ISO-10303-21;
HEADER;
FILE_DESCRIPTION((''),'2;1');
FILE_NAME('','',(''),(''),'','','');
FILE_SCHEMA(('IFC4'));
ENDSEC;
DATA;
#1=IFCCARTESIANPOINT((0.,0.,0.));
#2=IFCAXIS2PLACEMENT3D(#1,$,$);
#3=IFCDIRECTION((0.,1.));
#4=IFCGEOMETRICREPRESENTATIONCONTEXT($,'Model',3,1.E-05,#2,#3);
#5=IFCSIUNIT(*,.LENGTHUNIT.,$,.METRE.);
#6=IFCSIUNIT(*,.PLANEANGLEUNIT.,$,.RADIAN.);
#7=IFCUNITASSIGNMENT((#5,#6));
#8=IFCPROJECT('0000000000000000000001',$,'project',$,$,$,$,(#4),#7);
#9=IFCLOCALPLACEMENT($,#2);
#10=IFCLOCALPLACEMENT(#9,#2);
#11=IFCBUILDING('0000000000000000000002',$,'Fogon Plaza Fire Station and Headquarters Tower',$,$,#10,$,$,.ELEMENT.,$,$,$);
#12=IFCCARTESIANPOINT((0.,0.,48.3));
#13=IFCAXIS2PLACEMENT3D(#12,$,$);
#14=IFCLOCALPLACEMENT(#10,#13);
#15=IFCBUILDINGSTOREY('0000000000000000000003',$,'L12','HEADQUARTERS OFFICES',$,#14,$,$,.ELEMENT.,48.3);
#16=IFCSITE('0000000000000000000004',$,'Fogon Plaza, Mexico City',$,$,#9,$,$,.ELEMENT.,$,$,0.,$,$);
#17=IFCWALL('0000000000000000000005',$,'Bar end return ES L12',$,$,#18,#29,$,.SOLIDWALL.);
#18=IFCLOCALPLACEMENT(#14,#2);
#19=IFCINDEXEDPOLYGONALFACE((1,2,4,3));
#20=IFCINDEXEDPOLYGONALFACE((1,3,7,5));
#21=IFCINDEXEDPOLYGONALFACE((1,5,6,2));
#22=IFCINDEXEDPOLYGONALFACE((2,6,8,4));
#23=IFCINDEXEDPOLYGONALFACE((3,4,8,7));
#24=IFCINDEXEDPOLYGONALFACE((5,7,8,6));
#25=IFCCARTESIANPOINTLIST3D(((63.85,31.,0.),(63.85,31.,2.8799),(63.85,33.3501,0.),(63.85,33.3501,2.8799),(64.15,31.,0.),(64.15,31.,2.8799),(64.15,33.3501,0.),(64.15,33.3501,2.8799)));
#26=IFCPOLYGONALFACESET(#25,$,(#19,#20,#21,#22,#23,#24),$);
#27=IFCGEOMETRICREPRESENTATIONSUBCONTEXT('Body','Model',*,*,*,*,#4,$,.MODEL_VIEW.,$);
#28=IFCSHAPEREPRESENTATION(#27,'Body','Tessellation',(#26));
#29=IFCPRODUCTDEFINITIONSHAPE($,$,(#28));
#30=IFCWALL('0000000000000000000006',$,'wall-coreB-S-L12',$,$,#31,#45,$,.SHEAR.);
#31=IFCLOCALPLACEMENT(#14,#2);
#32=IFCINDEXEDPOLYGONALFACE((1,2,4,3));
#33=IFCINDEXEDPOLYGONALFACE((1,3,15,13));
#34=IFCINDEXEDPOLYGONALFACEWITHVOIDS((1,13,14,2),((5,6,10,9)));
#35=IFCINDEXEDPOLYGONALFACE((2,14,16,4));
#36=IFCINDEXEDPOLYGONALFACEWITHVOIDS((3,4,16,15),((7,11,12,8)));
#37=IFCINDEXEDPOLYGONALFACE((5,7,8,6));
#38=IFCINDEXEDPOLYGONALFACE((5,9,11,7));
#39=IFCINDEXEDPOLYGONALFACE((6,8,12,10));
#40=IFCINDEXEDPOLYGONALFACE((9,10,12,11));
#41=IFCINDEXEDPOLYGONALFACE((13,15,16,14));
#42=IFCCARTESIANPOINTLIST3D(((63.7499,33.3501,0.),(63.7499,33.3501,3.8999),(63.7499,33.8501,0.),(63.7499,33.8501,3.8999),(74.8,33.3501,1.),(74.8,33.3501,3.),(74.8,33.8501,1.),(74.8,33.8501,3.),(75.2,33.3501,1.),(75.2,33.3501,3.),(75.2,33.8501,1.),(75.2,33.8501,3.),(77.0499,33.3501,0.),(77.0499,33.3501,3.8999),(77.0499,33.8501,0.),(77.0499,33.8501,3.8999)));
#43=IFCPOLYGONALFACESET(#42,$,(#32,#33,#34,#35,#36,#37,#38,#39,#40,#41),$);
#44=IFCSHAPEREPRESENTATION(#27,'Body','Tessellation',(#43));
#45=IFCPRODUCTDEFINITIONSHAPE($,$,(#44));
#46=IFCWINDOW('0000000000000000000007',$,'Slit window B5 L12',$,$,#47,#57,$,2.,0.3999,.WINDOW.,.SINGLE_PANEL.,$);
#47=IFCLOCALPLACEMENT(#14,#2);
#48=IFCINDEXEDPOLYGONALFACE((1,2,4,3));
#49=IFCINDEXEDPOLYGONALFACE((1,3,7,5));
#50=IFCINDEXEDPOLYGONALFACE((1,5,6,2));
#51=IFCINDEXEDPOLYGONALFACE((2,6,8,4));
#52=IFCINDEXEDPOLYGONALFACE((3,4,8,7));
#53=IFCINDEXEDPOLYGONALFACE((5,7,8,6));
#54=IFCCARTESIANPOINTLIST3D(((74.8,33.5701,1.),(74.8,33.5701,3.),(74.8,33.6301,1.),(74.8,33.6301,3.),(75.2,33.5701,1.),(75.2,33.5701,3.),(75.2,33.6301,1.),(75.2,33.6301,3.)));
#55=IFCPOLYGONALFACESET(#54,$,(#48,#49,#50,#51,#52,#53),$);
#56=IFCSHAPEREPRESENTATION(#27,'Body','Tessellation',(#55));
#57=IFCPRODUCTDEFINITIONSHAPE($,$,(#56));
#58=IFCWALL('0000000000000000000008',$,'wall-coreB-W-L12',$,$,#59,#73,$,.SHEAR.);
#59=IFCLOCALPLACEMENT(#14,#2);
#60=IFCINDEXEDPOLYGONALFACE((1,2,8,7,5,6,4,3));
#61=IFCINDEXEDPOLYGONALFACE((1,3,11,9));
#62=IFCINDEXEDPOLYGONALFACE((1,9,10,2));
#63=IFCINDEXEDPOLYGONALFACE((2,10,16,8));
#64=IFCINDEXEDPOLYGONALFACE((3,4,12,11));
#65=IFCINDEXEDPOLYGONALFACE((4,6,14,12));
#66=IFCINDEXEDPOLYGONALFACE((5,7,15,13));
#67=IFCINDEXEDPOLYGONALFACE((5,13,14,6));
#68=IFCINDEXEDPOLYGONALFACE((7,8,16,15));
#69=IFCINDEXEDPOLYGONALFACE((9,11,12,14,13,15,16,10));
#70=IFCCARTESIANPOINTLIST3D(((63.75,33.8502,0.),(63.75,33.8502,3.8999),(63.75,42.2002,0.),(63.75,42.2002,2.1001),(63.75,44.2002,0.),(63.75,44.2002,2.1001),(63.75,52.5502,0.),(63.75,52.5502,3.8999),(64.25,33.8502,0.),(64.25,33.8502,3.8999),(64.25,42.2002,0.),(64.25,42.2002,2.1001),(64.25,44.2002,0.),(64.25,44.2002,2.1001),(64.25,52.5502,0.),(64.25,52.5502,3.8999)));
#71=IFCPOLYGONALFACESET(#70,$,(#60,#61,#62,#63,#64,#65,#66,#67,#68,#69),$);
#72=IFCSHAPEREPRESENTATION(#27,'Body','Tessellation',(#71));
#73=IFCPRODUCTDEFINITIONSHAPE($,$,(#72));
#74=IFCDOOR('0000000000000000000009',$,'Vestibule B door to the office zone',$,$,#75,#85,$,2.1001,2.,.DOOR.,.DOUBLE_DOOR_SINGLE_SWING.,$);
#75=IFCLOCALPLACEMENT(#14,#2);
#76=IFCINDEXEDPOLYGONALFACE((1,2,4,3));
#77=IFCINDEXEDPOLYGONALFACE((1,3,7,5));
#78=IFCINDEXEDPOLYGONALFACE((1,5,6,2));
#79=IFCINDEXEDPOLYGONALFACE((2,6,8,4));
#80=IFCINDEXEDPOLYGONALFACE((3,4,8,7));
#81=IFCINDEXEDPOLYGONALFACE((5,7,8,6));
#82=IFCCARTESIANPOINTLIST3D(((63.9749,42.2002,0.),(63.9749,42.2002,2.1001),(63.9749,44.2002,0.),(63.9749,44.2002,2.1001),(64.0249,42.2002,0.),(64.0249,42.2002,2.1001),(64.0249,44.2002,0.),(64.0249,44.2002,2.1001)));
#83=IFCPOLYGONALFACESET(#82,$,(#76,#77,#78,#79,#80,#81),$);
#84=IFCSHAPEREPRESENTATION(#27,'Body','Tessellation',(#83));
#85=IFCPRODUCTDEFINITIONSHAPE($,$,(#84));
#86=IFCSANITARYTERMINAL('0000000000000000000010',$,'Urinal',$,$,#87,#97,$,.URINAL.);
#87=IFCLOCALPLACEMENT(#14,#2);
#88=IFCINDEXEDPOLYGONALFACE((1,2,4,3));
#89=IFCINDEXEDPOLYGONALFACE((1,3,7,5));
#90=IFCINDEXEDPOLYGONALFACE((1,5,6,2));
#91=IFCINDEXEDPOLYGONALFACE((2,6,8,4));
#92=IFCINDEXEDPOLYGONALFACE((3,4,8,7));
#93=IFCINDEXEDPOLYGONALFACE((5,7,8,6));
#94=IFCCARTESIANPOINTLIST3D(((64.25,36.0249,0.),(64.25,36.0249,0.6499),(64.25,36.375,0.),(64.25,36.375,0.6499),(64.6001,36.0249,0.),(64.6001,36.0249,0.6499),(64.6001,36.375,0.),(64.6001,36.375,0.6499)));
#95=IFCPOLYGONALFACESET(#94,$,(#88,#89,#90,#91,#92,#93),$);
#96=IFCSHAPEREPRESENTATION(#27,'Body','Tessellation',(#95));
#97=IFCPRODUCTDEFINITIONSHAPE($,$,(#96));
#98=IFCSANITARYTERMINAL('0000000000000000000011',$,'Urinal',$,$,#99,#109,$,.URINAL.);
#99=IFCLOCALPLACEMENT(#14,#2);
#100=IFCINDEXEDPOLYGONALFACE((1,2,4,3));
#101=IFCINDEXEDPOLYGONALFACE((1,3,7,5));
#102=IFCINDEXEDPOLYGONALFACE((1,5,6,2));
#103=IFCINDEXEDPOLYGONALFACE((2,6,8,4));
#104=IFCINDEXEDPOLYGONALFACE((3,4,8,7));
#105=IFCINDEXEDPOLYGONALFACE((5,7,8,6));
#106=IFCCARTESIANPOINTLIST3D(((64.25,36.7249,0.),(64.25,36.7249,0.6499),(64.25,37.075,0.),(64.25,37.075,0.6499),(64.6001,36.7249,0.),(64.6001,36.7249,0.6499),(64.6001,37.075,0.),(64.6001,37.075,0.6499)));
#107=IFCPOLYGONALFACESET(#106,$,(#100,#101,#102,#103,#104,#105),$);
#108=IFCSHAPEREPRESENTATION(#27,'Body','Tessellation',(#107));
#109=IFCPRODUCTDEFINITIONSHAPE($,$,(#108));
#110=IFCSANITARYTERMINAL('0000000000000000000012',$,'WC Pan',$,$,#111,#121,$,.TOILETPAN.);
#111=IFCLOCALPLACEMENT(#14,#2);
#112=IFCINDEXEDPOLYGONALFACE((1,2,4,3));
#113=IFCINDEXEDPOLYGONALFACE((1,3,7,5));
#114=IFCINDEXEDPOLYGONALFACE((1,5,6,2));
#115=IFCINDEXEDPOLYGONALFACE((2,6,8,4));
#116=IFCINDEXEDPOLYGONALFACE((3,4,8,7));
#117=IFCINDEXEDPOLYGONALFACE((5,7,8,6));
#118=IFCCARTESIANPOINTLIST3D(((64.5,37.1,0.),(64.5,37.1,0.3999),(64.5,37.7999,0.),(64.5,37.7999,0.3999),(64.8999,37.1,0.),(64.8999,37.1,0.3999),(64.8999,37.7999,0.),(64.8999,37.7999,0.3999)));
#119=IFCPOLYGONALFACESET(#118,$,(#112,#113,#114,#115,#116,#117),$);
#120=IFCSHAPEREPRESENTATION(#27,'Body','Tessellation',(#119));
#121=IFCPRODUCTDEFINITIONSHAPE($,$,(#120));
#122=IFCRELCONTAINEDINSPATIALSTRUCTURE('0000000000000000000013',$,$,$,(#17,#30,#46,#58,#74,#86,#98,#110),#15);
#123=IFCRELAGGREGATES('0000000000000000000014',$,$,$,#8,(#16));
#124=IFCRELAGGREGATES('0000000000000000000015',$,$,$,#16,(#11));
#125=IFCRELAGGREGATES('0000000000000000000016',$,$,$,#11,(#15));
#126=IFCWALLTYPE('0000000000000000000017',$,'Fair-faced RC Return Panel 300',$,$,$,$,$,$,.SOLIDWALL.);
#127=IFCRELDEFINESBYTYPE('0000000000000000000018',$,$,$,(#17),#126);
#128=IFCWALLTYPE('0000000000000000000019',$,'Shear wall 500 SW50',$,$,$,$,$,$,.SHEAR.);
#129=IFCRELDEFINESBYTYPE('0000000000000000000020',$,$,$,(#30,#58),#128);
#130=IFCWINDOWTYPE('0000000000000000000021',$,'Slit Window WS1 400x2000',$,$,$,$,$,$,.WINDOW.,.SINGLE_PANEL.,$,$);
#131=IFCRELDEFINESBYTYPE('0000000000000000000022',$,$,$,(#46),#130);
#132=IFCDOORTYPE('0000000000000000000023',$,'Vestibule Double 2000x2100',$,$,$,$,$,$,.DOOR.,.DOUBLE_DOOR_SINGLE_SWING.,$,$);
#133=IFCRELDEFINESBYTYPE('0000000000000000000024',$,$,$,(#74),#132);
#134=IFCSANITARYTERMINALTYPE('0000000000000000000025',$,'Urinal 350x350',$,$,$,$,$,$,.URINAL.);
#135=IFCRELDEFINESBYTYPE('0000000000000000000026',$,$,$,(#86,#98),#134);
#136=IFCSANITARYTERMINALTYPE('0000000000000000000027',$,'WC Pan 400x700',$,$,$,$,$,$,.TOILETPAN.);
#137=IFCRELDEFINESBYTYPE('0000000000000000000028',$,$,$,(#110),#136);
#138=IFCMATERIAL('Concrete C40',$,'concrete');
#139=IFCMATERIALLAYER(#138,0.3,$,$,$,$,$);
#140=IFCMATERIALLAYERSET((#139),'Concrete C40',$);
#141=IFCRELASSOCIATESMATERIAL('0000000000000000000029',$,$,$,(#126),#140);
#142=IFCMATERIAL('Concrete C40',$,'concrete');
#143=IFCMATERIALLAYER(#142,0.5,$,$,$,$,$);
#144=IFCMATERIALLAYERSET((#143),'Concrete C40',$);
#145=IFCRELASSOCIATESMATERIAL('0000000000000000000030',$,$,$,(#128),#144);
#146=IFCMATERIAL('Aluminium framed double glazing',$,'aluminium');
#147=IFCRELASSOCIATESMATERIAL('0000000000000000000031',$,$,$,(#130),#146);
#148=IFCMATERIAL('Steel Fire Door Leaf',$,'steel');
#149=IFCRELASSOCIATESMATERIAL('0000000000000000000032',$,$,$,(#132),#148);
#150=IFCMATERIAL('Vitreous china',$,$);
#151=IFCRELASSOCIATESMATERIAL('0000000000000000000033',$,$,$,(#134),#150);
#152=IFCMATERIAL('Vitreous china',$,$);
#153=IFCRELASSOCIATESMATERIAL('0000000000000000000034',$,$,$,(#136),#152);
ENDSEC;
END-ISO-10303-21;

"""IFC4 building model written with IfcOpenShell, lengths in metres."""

from ifc_helpers import new_model, si_unit, direction, frame, frame_2d, origin, origin_2d, place, context, subcontext, project, spatial, rectangle, extrude, material, layer, layer_set, type_object, element, fill, save


model = new_model("IFC4")

# Units and contexts
model_context = context("Model", 3, precision=1e-05, world=origin(), true_north=direction((0.0, 1.0)))
body_context = subcontext(model_context, "Body", "Model", "MODEL_VIEW")
ifc_project = project(units=[si_unit("LENGTHUNIT", "METRE"), si_unit("PLANEANGLEUNIT", "RADIAN")], contexts=[model_context])

# Site, building, storey
site_placement = place(None, origin())
site = spatial("IfcSite", under=ifc_project, at=site_placement, Name="Fogon Plaza, Mexico City", CompositionType="ELEMENT", RefElevation=0.0)
building_placement = place(site_placement, origin())
building = spatial("IfcBuilding", under=site, at=building_placement, Name="Fogon Plaza Fire Station and Headquarters Tower", CompositionType="ELEMENT")
storey_placement = place(building_placement, frame((0.0, 0.0, 48.3)))
storey = spatial("IfcBuildingStorey", under=building, at=storey_placement, Name="L12", Description="HEADQUARTERS OFFICES", CompositionType="ELEMENT", Elevation=48.3)

# Wall
ifc_material_1 = material(Name="Concrete C40", Category="concrete")
ifc_layer_1 = layer(ifc_material_1, 0.3)
ifc_layer_set_1 = layer_set([ifc_layer_1], Name="Concrete C40")
wall_type_1 = type_object("IfcWallType", Name="Fair-faced RC Return Panel 300", PredefinedType="SOLIDWALL", material=ifc_layer_set_1)
wall_1_placement = place(storey_placement, frame((64.0, 31.0, 0.0), z_axis=(0.0, 0.0, 1.0), x_axis=(0.0, 1.0, 0.0)))
element("IfcWall", 1, at=wall_1_placement, inside=storey, type_object=wall_type_1, Name="Bar end return ES L12", PredefinedType="SOLIDWALL", context=body_context, shape_type="SweptSolid", body=[
    extrude(rectangle(XDim=2.3501, YDim=0.3, at=frame_2d((1.175, 0.0))), origin(), (0.0, 0.0, 1.0), 2.8799),
])

# Wall, opening, window
ifc_material_2 = material(Name="Concrete C40", Category="concrete")
ifc_layer_2 = layer(ifc_material_2, 0.5)
ifc_layer_set_2 = layer_set([ifc_layer_2], Name="Concrete C40")
wall_type_2 = type_object("IfcWallType", Name="Shear wall 500 SW50", PredefinedType="SHEAR", material=ifc_layer_set_2)
wall_2_placement = place(storey_placement, frame((63.75, 33.6001, 0.0), z_axis=(0.0, 0.0, 1.0), x_axis=(1.0, 0.0, 0.0)))
wall_2 = element("IfcWall", 2, at=wall_2_placement, inside=storey, type_object=wall_type_2, Name="wall-coreB-S-L12", PredefinedType="SHEAR", context=body_context, shape_type="SweptSolid", body=[
    extrude(rectangle(XDim=13.3, YDim=0.5, at=frame_2d((6.6499, 0.0))), origin(), (0.0, 0.0, 1.0), 3.8999),
])
opening_1_placement = place(wall_2_placement, frame((11.05, 0.0, 1.0)))
opening_1 = element("IfcOpeningElement", 3, at=opening_1_placement, cuts=wall_2, PredefinedType="OPENING", context=body_context, shape_type="SweptSolid", body=[
    extrude(rectangle(XDim=0.3999, YDim=2.0, at=frame_2d((0.2, 1.0))), frame((0.0, 0.26, 0.0), z_axis=(0.0, -1.0, 0.0), x_axis=(1.0, 0.0, 0.0)), (0.0, 0.0, 1.0), 0.52),
])
ifc_material_3 = material(Name="Aluminium framed double glazing", Category="aluminium")
window_type = type_object("IfcWindowType", Name="Slit Window WS1 400x2000", PartitioningType="SINGLE_PANEL", PredefinedType="WINDOW", material=ifc_material_3)
window_placement = place(opening_1_placement, origin())
window = element("IfcWindow", 4, at=window_placement, inside=storey, type_object=window_type, Name="Slit window B5 L12", OverallHeight=2.0, OverallWidth=0.3999, PartitioningType="SINGLE_PANEL", PredefinedType="WINDOW", context=body_context, shape_type="SweptSolid", body=[
    extrude(rectangle(XDim=0.3999, YDim=2.0, at=frame_2d((0.2, 1.0))), frame((0.0, 0.03, 0.0), z_axis=(0.0, -1.0, 0.0), x_axis=(1.0, 0.0, 0.0)), (0.0, 0.0, 1.0), 0.0601),
])
fill(opening_1, window)

# Wall, opening, door
wall_3_placement = place(storey_placement, frame((64.0, 33.8501, 0.0), z_axis=(0.0, 0.0, 1.0), x_axis=(0.0, 1.0, 0.0)))
wall_3 = element("IfcWall", 5, at=wall_3_placement, inside=storey, type_object=wall_type_2, Name="wall-coreB-W-L12", PredefinedType="SHEAR", context=body_context, shape_type="SweptSolid", body=[
    extrude(rectangle(XDim=18.7, YDim=0.5, at=frame_2d((9.3501, 0.0))), origin(), (0.0, 0.0, 1.0), 3.8999),
])
opening_2_placement = place(wall_3_placement, frame((8.3501, 0.0, 0.0)))
opening_2 = element("IfcOpeningElement", 6, at=opening_2_placement, cuts=wall_3, PredefinedType="OPENING", context=body_context, shape_type="SweptSolid", body=[
    extrude(rectangle(XDim=2.0, YDim=2.1001, at=frame_2d((1.0, 1.05))), frame((0.0, 0.26, 0.0), z_axis=(0.0, -1.0, 0.0), x_axis=(1.0, 0.0, 0.0)), (0.0, 0.0, 1.0), 0.52),
])
ifc_material_4 = material(Name="Steel Fire Door Leaf", Category="steel")
door_type = type_object("IfcDoorType", Name="Vestibule Double 2000x2100", OperationType="DOUBLE_DOOR_SINGLE_SWING", PredefinedType="DOOR", material=ifc_material_4)
door_placement = place(opening_2_placement, frame((2.0, 0.0, 0.0), z_axis=(0.0, 0.0, 1.0), x_axis=(-1.0, 0.0, 0.0)))
door = element("IfcDoor", 7, at=door_placement, inside=storey, type_object=door_type, Name="Vestibule B door to the office zone", OperationType="DOUBLE_DOOR_SINGLE_SWING", OverallHeight=2.1001, OverallWidth=2.0, PredefinedType="DOOR", context=body_context, shape_type="SweptSolid", body=[
    extrude(rectangle(XDim=2.0, YDim=2.1001, at=frame_2d((1.0, 1.05))), frame((0.0, 0.0249, 0.0), z_axis=(0.0, -1.0, 0.0), x_axis=(1.0, 0.0, 0.0)), (0.0, 0.0, 1.0), 0.05),
])
fill(opening_2, door)

# Sanitary terminals
ifc_material_5 = material(Name="Vitreous china")
sanitary_terminal_type_1 = type_object("IfcSanitaryTerminalType", Name="Urinal 350x350", PredefinedType="URINAL", material=ifc_material_5)
for number, where, z_axis, x_axis, name in (
    (8, (64.425, 36.2, 0.0), (0.0, 0.0, 1.0), (1.0, 0.0, 0.0), "Urinal"),
    (9, (64.425, 36.8999, 0.0), (0.0, 0.0, 1.0), (1.0, 0.0, 0.0), "Urinal"),
):
    element("IfcSanitaryTerminal", number, at=place(storey_placement, frame(where, z_axis=z_axis, x_axis=x_axis)), inside=storey, type_object=sanitary_terminal_type_1, Name=name, PredefinedType="URINAL", context=body_context, shape_type="SweptSolid", body=[
        extrude(rectangle(XDim=0.3501, YDim=0.3501, at=origin_2d()), origin(), (0.0, 0.0, 1.0), 0.6499),
    ])
ifc_material_6 = material(Name="Vitreous china")
sanitary_terminal_type_2 = type_object("IfcSanitaryTerminalType", Name="WC Pan 400x700", PredefinedType="TOILETPAN", material=ifc_material_6)
sanitary_terminal_placement = place(storey_placement, frame((64.7, 37.45, 0.0), z_axis=(0.0, 0.0, 1.0), x_axis=(1.0, 0.0, 0.0)))
element("IfcSanitaryTerminal", 10, at=sanitary_terminal_placement, inside=storey, type_object=sanitary_terminal_type_2, Name="WC Pan", PredefinedType="TOILETPAN", context=body_context, shape_type="SweptSolid", body=[
    extrude(rectangle(XDim=0.3999, YDim=0.7, at=origin_2d()), origin(), (0.0, 0.0, 1.0), 0.3999),
])

save(model, "model.ifc")
